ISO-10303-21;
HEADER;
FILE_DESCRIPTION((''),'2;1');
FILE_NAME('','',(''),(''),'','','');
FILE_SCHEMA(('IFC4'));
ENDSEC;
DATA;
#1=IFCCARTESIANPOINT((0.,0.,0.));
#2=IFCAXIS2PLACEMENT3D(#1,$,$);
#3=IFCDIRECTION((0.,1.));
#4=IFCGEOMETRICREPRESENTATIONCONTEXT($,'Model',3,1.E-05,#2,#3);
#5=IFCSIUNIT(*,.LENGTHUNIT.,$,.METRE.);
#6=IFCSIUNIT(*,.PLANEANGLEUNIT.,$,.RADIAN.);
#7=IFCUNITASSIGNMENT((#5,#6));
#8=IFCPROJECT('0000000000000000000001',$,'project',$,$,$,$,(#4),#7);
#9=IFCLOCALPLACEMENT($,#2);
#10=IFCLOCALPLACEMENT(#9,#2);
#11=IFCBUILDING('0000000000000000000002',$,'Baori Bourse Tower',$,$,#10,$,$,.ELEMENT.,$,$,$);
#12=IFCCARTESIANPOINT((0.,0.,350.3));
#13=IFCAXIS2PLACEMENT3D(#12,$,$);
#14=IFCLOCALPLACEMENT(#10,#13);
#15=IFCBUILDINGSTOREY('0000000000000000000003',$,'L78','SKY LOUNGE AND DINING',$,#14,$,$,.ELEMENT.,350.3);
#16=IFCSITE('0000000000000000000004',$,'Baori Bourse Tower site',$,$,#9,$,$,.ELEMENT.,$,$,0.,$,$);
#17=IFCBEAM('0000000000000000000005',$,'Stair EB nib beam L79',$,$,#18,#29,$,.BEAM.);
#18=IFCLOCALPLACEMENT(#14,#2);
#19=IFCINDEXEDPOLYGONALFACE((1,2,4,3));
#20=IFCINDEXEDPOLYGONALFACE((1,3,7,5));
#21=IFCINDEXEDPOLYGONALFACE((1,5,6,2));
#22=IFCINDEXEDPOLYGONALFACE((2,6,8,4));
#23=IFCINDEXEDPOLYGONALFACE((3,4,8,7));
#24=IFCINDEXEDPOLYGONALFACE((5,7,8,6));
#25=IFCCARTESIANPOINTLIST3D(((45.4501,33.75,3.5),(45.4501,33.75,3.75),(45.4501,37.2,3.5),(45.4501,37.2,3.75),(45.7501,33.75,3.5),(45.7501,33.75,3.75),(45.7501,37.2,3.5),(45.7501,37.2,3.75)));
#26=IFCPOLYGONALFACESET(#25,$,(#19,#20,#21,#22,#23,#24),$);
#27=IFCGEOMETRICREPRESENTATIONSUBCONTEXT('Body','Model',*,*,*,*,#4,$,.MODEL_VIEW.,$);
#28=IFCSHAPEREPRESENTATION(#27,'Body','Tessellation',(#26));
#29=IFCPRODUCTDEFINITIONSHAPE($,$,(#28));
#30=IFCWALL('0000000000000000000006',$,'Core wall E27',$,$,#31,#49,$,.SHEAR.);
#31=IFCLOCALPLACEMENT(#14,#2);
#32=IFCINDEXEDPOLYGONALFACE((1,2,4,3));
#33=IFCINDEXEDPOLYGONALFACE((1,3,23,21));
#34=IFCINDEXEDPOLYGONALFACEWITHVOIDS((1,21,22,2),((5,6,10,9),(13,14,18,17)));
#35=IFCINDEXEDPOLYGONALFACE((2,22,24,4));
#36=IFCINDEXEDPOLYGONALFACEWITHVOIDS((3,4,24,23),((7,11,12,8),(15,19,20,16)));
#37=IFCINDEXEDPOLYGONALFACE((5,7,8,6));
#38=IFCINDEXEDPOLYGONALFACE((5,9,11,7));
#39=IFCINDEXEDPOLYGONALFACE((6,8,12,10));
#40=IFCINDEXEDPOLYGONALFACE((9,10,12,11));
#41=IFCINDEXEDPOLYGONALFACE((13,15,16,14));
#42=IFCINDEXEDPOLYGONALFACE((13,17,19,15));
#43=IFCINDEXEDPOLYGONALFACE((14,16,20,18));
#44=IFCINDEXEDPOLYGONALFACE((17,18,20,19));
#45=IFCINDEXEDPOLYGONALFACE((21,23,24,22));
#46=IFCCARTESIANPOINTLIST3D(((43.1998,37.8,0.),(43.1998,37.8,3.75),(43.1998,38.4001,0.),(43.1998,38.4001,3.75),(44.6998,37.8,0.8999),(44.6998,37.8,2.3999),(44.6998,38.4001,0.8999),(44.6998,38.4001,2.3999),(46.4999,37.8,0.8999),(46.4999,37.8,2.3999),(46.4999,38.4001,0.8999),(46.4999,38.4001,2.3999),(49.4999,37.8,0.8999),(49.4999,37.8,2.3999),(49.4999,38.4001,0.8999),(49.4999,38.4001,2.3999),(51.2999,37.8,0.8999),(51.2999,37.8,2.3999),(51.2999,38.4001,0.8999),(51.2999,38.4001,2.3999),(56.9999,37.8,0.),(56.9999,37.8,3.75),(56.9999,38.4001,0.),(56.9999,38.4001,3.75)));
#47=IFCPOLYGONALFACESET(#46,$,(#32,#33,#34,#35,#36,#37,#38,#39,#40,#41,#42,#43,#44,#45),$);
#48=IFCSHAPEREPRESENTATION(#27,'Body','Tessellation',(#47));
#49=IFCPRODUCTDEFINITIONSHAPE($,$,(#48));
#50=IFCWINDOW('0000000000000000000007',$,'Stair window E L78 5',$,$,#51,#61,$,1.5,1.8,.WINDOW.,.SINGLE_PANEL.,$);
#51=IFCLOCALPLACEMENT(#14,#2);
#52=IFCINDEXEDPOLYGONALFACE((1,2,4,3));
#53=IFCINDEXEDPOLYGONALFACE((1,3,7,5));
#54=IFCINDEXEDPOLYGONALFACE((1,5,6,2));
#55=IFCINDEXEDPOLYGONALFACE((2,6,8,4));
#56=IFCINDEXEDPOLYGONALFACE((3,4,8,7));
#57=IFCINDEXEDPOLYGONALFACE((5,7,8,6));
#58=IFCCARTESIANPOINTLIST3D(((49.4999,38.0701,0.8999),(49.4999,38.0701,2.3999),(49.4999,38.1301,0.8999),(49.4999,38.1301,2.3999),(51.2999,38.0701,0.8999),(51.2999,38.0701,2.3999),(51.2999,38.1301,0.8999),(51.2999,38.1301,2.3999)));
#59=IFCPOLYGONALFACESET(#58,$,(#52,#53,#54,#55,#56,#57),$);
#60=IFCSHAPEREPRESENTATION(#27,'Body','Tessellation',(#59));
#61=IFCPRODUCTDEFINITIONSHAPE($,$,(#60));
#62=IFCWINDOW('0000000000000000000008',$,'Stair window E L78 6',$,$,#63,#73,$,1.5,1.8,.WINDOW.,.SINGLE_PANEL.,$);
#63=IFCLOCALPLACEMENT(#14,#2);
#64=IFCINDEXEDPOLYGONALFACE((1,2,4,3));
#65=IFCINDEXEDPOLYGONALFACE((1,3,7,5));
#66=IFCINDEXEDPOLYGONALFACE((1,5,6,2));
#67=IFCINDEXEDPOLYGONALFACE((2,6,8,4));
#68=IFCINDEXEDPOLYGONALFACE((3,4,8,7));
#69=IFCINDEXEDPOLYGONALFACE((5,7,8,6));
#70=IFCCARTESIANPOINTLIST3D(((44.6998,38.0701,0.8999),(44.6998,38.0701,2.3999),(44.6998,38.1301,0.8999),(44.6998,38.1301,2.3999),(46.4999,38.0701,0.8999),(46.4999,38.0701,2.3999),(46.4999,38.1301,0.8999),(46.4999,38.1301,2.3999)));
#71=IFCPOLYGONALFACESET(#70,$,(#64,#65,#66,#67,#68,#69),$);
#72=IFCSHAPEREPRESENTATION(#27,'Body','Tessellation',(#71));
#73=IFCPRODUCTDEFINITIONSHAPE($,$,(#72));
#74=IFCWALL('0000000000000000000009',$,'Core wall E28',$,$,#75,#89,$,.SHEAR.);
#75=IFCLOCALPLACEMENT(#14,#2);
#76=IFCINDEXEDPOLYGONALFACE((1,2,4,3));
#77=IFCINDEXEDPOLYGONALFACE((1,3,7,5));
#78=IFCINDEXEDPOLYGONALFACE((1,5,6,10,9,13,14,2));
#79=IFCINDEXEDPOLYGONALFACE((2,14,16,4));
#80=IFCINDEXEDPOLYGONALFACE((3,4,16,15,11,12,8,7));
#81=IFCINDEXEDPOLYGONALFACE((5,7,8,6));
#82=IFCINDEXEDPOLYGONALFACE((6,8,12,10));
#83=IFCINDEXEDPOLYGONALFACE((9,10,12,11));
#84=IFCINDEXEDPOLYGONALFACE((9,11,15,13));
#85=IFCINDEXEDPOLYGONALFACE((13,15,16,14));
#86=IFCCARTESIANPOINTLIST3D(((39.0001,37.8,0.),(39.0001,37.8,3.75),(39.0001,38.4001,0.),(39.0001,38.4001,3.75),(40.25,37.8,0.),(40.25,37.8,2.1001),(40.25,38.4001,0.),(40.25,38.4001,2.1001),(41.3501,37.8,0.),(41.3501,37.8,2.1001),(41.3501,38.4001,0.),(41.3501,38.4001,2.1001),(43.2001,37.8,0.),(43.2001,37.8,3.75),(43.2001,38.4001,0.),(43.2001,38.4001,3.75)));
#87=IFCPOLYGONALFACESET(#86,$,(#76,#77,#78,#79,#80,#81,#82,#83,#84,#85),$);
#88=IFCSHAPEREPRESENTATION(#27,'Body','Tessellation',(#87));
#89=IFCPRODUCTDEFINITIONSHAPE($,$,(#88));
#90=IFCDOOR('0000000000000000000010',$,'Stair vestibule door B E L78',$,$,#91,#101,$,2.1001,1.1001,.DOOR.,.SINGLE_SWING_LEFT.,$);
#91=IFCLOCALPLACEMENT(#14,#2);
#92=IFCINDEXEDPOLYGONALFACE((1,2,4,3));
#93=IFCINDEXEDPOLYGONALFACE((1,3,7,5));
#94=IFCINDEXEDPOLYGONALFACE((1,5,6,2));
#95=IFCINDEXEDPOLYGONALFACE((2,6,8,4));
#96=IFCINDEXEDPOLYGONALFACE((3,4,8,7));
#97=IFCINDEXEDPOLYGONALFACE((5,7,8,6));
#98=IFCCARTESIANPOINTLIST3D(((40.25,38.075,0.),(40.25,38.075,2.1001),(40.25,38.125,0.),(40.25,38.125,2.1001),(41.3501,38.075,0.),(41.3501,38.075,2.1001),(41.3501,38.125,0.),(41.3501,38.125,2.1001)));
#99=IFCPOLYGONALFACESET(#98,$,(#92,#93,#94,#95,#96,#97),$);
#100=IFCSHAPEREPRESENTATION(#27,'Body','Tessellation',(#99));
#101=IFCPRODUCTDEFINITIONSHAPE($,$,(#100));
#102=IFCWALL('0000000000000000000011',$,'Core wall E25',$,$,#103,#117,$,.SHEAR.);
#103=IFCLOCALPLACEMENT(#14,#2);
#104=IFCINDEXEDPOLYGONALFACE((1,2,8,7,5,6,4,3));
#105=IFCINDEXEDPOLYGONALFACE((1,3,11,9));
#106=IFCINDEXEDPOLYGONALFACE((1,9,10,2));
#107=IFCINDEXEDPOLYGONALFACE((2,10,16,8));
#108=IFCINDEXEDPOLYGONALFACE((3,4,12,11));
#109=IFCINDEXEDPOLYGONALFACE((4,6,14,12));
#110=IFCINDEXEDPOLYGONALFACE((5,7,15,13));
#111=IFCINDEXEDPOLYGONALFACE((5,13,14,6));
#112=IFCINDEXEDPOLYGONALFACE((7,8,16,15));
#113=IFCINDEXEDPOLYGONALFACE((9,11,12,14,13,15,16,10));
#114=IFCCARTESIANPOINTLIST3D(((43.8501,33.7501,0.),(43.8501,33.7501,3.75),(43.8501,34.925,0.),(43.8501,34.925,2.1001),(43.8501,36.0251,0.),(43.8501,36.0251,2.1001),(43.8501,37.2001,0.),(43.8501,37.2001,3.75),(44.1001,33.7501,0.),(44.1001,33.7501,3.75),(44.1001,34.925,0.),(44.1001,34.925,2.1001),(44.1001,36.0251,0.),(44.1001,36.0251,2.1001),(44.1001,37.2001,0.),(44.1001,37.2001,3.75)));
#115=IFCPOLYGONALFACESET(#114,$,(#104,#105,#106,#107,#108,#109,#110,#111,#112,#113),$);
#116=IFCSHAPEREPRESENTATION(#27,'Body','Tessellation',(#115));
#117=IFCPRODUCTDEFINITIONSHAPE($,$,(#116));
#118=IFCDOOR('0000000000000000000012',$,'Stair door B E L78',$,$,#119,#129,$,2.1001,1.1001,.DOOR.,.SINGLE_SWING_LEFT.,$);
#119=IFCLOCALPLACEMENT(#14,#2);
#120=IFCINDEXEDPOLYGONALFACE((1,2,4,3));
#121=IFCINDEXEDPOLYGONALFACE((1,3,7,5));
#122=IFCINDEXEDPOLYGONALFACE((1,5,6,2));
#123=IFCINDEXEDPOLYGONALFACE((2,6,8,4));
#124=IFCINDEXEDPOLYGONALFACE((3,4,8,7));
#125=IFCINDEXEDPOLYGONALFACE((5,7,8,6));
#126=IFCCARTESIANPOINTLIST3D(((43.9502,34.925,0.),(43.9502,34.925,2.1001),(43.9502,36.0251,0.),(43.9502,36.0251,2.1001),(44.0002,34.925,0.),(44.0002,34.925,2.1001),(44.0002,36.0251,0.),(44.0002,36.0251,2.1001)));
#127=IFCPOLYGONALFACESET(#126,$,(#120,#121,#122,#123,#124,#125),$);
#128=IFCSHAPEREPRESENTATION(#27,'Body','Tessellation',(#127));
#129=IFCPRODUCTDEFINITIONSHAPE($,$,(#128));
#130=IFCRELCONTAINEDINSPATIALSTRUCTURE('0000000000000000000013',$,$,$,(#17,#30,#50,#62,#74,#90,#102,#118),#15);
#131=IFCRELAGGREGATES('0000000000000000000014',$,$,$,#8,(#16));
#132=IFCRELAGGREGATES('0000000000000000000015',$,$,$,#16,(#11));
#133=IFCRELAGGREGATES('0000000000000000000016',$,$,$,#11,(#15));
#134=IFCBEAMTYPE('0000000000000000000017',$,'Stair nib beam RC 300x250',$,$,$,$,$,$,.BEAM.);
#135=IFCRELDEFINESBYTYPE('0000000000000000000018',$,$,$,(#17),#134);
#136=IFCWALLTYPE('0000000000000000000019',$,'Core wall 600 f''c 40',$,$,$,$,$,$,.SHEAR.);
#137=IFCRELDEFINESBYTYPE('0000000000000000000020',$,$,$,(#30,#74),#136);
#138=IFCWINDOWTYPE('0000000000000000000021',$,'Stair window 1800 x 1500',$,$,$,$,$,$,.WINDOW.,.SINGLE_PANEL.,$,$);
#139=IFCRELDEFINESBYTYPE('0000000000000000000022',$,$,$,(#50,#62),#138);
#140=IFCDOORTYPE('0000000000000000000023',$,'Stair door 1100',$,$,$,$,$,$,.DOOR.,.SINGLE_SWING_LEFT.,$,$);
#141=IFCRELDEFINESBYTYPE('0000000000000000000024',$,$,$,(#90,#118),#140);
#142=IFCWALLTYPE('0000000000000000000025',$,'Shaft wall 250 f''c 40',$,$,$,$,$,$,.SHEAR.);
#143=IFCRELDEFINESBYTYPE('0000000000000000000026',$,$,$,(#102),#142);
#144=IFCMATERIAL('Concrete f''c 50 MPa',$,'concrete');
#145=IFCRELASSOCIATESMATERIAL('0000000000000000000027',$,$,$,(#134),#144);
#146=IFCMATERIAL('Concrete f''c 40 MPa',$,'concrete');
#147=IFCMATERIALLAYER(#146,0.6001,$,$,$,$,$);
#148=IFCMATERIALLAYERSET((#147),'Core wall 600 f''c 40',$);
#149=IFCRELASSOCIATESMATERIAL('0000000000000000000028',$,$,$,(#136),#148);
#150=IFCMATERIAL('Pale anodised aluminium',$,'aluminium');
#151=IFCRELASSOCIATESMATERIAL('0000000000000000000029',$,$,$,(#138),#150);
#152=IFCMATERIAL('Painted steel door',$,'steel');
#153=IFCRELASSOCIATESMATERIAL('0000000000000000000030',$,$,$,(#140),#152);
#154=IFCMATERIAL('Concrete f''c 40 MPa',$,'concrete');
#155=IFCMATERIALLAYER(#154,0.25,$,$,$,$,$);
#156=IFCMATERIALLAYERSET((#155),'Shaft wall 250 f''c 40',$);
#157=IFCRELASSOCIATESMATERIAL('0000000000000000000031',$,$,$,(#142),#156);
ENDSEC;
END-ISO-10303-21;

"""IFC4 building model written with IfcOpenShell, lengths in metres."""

from ifc_helpers import new_model, si_unit, direction, frame, frame_2d, origin, origin_2d, place, context, subcontext, project, spatial, rectangle, extrude, material, layer, layer_set, material_profile, profile_set, type_object, element, fill, save


model = new_model("IFC4")

# Units and contexts
model_context = context("Model", 3, precision=1e-05, world=origin(), true_north=direction((0.0, 1.0)))
body_context = subcontext(model_context, "Body", "Model", "MODEL_VIEW")
ifc_project = project(units=[si_unit("LENGTHUNIT", "METRE"), si_unit("PLANEANGLEUNIT", "RADIAN")], contexts=[model_context])

# Site, building, storey
site_placement = place(None, origin())
site = spatial("IfcSite", under=ifc_project, at=site_placement, Name="Baori Bourse Tower site", CompositionType="ELEMENT", RefElevation=0.0)
building_placement = place(site_placement, origin())
building = spatial("IfcBuilding", under=site, at=building_placement, Name="Baori Bourse Tower", CompositionType="ELEMENT")
storey_placement = place(building_placement, frame((0.0, 0.0, 350.3)))
storey = spatial("IfcBuildingStorey", under=building, at=storey_placement, Name="L78", Description="SKY LOUNGE AND DINING", CompositionType="ELEMENT", Elevation=350.3)

# Beam
ifc_material_1 = material(Name="Concrete f'c 50 MPa", Category="concrete")
ifc_material_profile = material_profile(ifc_material_1, rectangle(XDim=0.3, YDim=0.25, at=origin_2d()), Name="RC 300x250")
ifc_profile_set = profile_set([ifc_material_profile], Name="Concrete f'c 50 MPa")
beam_type = type_object("IfcBeamType", Name="Stair nib beam RC 300x250", PredefinedType="BEAM", material=ifc_profile_set)
beam_placement = place(storey_placement, frame((45.6001, 33.75, 3.625), z_axis=(0.0, 1.0, 0.0), x_axis=(-1.0, 0.0, 0.0)))
element("IfcBeam", 1, at=beam_placement, inside=storey, type_object=beam_type, Name="Stair EB nib beam L79", PredefinedType="BEAM", context=body_context, shape_type="SweptSolid", body=[
    extrude(rectangle(XDim=0.3, YDim=0.25, at=origin_2d()), origin(), (0.0, 0.0, 1.0), 3.45),
])

# Wall, openings, windows
ifc_material_2 = material(Name="Concrete f'c 40 MPa", Category="concrete")
ifc_layer_1 = layer(ifc_material_2, 0.6001)
ifc_layer_set_1 = layer_set([ifc_layer_1], Name="Core wall 600 f'c 40")
wall_type_1 = type_object("IfcWallType", Name="Core wall 600 f'c 40", PredefinedType="SHEAR", material=ifc_layer_set_1)
wall_1_placement = place(storey_placement, frame((43.2, 38.1001, 0.0), z_axis=(0.0, 0.0, 1.0), x_axis=(1.0, 0.0, 0.0)))
wall_1 = element("IfcWall", 2, at=wall_1_placement, inside=storey, type_object=wall_type_1, Name="Core wall E27", PredefinedType="SHEAR", context=body_context, shape_type="SweptSolid", body=[
    extrude(rectangle(XDim=13.8, YDim=0.6001, at=frame_2d((6.8999, 0.0))), origin(), (0.0, 0.0, 1.0), 3.75),
])
opening_1_placement = place(wall_1_placement, frame((6.3, 0.0, 0.8999)))
opening_1 = element("IfcOpeningElement", 3, at=opening_1_placement, cuts=wall_1, PredefinedType="OPENING", context=body_context, shape_type="SweptSolid", body=[
    extrude(rectangle(XDim=1.8, YDim=1.5, at=frame_2d((0.8999, 0.75))), frame((0.0, 0.3101, 0.0), z_axis=(0.0, -1.0, 0.0), x_axis=(1.0, 0.0, 0.0)), (0.0, 0.0, 1.0), 0.6201),
])
opening_2_placement = place(wall_1_placement, frame((1.5, 0.0, 0.8999)))
opening_2 = element("IfcOpeningElement", 4, at=opening_2_placement, cuts=wall_1, PredefinedType="OPENING", context=body_context, shape_type="SweptSolid", body=[
    extrude(rectangle(XDim=1.8, YDim=1.5, at=frame_2d((0.8999, 0.75))), frame((0.0, 0.3101, 0.0), z_axis=(0.0, -1.0, 0.0), x_axis=(1.0, 0.0, 0.0)), (0.0, 0.0, 1.0), 0.6201),
])
ifc_material_3 = material(Name="Pale anodised aluminium", Category="aluminium")
window_type = type_object("IfcWindowType", Name="Stair window 1800 x 1500", PartitioningType="SINGLE_PANEL", PredefinedType="WINDOW", material=ifc_material_3)
window_1_placement = place(opening_1_placement, origin())
window_1 = element("IfcWindow", 5, at=window_1_placement, inside=storey, type_object=window_type, Name="Stair window E L78 5", OverallHeight=1.5, OverallWidth=1.8, PartitioningType="SINGLE_PANEL", PredefinedType="WINDOW", context=body_context, shape_type="SweptSolid", body=[
    extrude(rectangle(XDim=1.8, YDim=1.5, at=frame_2d((0.8999, 0.75))), frame((0.0, 0.03, 0.0), z_axis=(0.0, -1.0, 0.0), x_axis=(1.0, 0.0, 0.0)), (0.0, 0.0, 1.0), 0.0601),
])
fill(opening_1, window_1)
window_2_placement = place(opening_2_placement, origin())
window_2 = element("IfcWindow", 6, at=window_2_placement, inside=storey, type_object=window_type, Name="Stair window E L78 6", OverallHeight=1.5, OverallWidth=1.8, PartitioningType="SINGLE_PANEL", PredefinedType="WINDOW", context=body_context, shape_type="SweptSolid", body=[
    extrude(rectangle(XDim=1.8, YDim=1.5, at=frame_2d((0.8999, 0.75))), frame((0.0, 0.03, 0.0), z_axis=(0.0, -1.0, 0.0), x_axis=(1.0, 0.0, 0.0)), (0.0, 0.0, 1.0), 0.0601),
])
fill(opening_2, window_2)

# Walls, openings, doors
wall_2_placement = place(storey_placement, frame((39.0, 38.1001, 0.0), z_axis=(0.0, 0.0, 1.0), x_axis=(1.0, 0.0, 0.0)))
wall_2 = element("IfcWall", 7, at=wall_2_placement, inside=storey, type_object=wall_type_1, Name="Core wall E28", PredefinedType="SHEAR", context=body_context, shape_type="SweptSolid", body=[
    extrude(rectangle(XDim=4.2, YDim=0.6001, at=frame_2d((2.1001, 0.0))), origin(), (0.0, 0.0, 1.0), 3.75),
])
opening_3_placement = place(wall_2_placement, frame((1.25, 0.0, 0.0)))
opening_3 = element("IfcOpeningElement", 8, at=opening_3_placement, cuts=wall_2, PredefinedType="OPENING", context=body_context, shape_type="SweptSolid", body=[
    extrude(rectangle(XDim=1.1001, YDim=2.1001, at=frame_2d((0.55, 1.05))), frame((0.0, 0.3101, 0.0), z_axis=(0.0, -1.0, 0.0), x_axis=(1.0, 0.0, 0.0)), (0.0, 0.0, 1.0), 0.6201),
])
ifc_material_4 = material(Name="Painted steel door", Category="steel")
door_type_1 = type_object("IfcDoorType", Name="Stair door 1100", OperationType="SINGLE_SWING_LEFT", PredefinedType="DOOR", material=ifc_material_4)
door_1_placement = place(opening_3_placement, origin())
door_1 = element("IfcDoor", 9, at=door_1_placement, inside=storey, type_object=door_type_1, Name="Stair vestibule door B E L78", OperationType="SINGLE_SWING_LEFT", OverallHeight=2.1001, OverallWidth=1.1001, PredefinedType="DOOR", context=body_context, shape_type="SweptSolid", body=[
    extrude(rectangle(XDim=1.1001, YDim=2.1001, at=frame_2d((0.55, 1.05))), frame((0.0, 0.0249, 0.0), z_axis=(0.0, -1.0, 0.0), x_axis=(1.0, 0.0, 0.0)), (0.0, 0.0, 1.0), 0.05),
])
fill(opening_3, door_1)
ifc_material_5 = material(Name="Concrete f'c 40 MPa", Category="concrete")
ifc_layer_2 = layer(ifc_material_5, 0.25)
ifc_layer_set_2 = layer_set([ifc_layer_2], Name="Shaft wall 250 f'c 40")
wall_type_2 = type_object("IfcWallType", Name="Shaft wall 250 f'c 40", PredefinedType="SHEAR", material=ifc_layer_set_2)
wall_3_placement = place(storey_placement, frame((43.9751, 33.75, 0.0), z_axis=(0.0, 0.0, 1.0), x_axis=(0.0, 1.0, 0.0)))
wall_3 = element("IfcWall", 10, at=wall_3_placement, inside=storey, type_object=wall_type_2, Name="Core wall E25", PredefinedType="SHEAR", context=body_context, shape_type="SweptSolid", body=[
    extrude(rectangle(XDim=3.45, YDim=0.25, at=frame_2d((1.7251, 0.0))), origin(), (0.0, 0.0, 1.0), 3.75),
])
opening_4_placement = place(wall_3_placement, frame((1.175, 0.0, 0.0)))
opening_4 = element("IfcOpeningElement", 11, at=opening_4_placement, cuts=wall_3, PredefinedType="OPENING", context=body_context, shape_type="SweptSolid", body=[
    extrude(rectangle(XDim=1.1001, YDim=2.1001, at=frame_2d((0.55, 1.05))), frame((0.0, 0.135, 0.0), z_axis=(0.0, -1.0, 0.0), x_axis=(1.0, 0.0, 0.0)), (0.0, 0.0, 1.0), 0.27),
])
door_2_placement = place(opening_4_placement, origin())
door_2 = element("IfcDoor", 12, at=door_2_placement, inside=storey, type_object=door_type_1, Name="Stair door B E L78", OperationType="SINGLE_SWING_LEFT", OverallHeight=2.1001, OverallWidth=1.1001, PredefinedType="DOOR", context=body_context, shape_type="SweptSolid", body=[
    extrude(rectangle(XDim=1.1001, YDim=2.1001, at=frame_2d((0.55, 1.05))), frame((0.0, 0.0249, 0.0), z_axis=(0.0, -1.0, 0.0), x_axis=(1.0, 0.0, 0.0)), (0.0, 0.0, 1.0), 0.05),
])
fill(opening_4, door_2)

save(model, "model.ifc")
